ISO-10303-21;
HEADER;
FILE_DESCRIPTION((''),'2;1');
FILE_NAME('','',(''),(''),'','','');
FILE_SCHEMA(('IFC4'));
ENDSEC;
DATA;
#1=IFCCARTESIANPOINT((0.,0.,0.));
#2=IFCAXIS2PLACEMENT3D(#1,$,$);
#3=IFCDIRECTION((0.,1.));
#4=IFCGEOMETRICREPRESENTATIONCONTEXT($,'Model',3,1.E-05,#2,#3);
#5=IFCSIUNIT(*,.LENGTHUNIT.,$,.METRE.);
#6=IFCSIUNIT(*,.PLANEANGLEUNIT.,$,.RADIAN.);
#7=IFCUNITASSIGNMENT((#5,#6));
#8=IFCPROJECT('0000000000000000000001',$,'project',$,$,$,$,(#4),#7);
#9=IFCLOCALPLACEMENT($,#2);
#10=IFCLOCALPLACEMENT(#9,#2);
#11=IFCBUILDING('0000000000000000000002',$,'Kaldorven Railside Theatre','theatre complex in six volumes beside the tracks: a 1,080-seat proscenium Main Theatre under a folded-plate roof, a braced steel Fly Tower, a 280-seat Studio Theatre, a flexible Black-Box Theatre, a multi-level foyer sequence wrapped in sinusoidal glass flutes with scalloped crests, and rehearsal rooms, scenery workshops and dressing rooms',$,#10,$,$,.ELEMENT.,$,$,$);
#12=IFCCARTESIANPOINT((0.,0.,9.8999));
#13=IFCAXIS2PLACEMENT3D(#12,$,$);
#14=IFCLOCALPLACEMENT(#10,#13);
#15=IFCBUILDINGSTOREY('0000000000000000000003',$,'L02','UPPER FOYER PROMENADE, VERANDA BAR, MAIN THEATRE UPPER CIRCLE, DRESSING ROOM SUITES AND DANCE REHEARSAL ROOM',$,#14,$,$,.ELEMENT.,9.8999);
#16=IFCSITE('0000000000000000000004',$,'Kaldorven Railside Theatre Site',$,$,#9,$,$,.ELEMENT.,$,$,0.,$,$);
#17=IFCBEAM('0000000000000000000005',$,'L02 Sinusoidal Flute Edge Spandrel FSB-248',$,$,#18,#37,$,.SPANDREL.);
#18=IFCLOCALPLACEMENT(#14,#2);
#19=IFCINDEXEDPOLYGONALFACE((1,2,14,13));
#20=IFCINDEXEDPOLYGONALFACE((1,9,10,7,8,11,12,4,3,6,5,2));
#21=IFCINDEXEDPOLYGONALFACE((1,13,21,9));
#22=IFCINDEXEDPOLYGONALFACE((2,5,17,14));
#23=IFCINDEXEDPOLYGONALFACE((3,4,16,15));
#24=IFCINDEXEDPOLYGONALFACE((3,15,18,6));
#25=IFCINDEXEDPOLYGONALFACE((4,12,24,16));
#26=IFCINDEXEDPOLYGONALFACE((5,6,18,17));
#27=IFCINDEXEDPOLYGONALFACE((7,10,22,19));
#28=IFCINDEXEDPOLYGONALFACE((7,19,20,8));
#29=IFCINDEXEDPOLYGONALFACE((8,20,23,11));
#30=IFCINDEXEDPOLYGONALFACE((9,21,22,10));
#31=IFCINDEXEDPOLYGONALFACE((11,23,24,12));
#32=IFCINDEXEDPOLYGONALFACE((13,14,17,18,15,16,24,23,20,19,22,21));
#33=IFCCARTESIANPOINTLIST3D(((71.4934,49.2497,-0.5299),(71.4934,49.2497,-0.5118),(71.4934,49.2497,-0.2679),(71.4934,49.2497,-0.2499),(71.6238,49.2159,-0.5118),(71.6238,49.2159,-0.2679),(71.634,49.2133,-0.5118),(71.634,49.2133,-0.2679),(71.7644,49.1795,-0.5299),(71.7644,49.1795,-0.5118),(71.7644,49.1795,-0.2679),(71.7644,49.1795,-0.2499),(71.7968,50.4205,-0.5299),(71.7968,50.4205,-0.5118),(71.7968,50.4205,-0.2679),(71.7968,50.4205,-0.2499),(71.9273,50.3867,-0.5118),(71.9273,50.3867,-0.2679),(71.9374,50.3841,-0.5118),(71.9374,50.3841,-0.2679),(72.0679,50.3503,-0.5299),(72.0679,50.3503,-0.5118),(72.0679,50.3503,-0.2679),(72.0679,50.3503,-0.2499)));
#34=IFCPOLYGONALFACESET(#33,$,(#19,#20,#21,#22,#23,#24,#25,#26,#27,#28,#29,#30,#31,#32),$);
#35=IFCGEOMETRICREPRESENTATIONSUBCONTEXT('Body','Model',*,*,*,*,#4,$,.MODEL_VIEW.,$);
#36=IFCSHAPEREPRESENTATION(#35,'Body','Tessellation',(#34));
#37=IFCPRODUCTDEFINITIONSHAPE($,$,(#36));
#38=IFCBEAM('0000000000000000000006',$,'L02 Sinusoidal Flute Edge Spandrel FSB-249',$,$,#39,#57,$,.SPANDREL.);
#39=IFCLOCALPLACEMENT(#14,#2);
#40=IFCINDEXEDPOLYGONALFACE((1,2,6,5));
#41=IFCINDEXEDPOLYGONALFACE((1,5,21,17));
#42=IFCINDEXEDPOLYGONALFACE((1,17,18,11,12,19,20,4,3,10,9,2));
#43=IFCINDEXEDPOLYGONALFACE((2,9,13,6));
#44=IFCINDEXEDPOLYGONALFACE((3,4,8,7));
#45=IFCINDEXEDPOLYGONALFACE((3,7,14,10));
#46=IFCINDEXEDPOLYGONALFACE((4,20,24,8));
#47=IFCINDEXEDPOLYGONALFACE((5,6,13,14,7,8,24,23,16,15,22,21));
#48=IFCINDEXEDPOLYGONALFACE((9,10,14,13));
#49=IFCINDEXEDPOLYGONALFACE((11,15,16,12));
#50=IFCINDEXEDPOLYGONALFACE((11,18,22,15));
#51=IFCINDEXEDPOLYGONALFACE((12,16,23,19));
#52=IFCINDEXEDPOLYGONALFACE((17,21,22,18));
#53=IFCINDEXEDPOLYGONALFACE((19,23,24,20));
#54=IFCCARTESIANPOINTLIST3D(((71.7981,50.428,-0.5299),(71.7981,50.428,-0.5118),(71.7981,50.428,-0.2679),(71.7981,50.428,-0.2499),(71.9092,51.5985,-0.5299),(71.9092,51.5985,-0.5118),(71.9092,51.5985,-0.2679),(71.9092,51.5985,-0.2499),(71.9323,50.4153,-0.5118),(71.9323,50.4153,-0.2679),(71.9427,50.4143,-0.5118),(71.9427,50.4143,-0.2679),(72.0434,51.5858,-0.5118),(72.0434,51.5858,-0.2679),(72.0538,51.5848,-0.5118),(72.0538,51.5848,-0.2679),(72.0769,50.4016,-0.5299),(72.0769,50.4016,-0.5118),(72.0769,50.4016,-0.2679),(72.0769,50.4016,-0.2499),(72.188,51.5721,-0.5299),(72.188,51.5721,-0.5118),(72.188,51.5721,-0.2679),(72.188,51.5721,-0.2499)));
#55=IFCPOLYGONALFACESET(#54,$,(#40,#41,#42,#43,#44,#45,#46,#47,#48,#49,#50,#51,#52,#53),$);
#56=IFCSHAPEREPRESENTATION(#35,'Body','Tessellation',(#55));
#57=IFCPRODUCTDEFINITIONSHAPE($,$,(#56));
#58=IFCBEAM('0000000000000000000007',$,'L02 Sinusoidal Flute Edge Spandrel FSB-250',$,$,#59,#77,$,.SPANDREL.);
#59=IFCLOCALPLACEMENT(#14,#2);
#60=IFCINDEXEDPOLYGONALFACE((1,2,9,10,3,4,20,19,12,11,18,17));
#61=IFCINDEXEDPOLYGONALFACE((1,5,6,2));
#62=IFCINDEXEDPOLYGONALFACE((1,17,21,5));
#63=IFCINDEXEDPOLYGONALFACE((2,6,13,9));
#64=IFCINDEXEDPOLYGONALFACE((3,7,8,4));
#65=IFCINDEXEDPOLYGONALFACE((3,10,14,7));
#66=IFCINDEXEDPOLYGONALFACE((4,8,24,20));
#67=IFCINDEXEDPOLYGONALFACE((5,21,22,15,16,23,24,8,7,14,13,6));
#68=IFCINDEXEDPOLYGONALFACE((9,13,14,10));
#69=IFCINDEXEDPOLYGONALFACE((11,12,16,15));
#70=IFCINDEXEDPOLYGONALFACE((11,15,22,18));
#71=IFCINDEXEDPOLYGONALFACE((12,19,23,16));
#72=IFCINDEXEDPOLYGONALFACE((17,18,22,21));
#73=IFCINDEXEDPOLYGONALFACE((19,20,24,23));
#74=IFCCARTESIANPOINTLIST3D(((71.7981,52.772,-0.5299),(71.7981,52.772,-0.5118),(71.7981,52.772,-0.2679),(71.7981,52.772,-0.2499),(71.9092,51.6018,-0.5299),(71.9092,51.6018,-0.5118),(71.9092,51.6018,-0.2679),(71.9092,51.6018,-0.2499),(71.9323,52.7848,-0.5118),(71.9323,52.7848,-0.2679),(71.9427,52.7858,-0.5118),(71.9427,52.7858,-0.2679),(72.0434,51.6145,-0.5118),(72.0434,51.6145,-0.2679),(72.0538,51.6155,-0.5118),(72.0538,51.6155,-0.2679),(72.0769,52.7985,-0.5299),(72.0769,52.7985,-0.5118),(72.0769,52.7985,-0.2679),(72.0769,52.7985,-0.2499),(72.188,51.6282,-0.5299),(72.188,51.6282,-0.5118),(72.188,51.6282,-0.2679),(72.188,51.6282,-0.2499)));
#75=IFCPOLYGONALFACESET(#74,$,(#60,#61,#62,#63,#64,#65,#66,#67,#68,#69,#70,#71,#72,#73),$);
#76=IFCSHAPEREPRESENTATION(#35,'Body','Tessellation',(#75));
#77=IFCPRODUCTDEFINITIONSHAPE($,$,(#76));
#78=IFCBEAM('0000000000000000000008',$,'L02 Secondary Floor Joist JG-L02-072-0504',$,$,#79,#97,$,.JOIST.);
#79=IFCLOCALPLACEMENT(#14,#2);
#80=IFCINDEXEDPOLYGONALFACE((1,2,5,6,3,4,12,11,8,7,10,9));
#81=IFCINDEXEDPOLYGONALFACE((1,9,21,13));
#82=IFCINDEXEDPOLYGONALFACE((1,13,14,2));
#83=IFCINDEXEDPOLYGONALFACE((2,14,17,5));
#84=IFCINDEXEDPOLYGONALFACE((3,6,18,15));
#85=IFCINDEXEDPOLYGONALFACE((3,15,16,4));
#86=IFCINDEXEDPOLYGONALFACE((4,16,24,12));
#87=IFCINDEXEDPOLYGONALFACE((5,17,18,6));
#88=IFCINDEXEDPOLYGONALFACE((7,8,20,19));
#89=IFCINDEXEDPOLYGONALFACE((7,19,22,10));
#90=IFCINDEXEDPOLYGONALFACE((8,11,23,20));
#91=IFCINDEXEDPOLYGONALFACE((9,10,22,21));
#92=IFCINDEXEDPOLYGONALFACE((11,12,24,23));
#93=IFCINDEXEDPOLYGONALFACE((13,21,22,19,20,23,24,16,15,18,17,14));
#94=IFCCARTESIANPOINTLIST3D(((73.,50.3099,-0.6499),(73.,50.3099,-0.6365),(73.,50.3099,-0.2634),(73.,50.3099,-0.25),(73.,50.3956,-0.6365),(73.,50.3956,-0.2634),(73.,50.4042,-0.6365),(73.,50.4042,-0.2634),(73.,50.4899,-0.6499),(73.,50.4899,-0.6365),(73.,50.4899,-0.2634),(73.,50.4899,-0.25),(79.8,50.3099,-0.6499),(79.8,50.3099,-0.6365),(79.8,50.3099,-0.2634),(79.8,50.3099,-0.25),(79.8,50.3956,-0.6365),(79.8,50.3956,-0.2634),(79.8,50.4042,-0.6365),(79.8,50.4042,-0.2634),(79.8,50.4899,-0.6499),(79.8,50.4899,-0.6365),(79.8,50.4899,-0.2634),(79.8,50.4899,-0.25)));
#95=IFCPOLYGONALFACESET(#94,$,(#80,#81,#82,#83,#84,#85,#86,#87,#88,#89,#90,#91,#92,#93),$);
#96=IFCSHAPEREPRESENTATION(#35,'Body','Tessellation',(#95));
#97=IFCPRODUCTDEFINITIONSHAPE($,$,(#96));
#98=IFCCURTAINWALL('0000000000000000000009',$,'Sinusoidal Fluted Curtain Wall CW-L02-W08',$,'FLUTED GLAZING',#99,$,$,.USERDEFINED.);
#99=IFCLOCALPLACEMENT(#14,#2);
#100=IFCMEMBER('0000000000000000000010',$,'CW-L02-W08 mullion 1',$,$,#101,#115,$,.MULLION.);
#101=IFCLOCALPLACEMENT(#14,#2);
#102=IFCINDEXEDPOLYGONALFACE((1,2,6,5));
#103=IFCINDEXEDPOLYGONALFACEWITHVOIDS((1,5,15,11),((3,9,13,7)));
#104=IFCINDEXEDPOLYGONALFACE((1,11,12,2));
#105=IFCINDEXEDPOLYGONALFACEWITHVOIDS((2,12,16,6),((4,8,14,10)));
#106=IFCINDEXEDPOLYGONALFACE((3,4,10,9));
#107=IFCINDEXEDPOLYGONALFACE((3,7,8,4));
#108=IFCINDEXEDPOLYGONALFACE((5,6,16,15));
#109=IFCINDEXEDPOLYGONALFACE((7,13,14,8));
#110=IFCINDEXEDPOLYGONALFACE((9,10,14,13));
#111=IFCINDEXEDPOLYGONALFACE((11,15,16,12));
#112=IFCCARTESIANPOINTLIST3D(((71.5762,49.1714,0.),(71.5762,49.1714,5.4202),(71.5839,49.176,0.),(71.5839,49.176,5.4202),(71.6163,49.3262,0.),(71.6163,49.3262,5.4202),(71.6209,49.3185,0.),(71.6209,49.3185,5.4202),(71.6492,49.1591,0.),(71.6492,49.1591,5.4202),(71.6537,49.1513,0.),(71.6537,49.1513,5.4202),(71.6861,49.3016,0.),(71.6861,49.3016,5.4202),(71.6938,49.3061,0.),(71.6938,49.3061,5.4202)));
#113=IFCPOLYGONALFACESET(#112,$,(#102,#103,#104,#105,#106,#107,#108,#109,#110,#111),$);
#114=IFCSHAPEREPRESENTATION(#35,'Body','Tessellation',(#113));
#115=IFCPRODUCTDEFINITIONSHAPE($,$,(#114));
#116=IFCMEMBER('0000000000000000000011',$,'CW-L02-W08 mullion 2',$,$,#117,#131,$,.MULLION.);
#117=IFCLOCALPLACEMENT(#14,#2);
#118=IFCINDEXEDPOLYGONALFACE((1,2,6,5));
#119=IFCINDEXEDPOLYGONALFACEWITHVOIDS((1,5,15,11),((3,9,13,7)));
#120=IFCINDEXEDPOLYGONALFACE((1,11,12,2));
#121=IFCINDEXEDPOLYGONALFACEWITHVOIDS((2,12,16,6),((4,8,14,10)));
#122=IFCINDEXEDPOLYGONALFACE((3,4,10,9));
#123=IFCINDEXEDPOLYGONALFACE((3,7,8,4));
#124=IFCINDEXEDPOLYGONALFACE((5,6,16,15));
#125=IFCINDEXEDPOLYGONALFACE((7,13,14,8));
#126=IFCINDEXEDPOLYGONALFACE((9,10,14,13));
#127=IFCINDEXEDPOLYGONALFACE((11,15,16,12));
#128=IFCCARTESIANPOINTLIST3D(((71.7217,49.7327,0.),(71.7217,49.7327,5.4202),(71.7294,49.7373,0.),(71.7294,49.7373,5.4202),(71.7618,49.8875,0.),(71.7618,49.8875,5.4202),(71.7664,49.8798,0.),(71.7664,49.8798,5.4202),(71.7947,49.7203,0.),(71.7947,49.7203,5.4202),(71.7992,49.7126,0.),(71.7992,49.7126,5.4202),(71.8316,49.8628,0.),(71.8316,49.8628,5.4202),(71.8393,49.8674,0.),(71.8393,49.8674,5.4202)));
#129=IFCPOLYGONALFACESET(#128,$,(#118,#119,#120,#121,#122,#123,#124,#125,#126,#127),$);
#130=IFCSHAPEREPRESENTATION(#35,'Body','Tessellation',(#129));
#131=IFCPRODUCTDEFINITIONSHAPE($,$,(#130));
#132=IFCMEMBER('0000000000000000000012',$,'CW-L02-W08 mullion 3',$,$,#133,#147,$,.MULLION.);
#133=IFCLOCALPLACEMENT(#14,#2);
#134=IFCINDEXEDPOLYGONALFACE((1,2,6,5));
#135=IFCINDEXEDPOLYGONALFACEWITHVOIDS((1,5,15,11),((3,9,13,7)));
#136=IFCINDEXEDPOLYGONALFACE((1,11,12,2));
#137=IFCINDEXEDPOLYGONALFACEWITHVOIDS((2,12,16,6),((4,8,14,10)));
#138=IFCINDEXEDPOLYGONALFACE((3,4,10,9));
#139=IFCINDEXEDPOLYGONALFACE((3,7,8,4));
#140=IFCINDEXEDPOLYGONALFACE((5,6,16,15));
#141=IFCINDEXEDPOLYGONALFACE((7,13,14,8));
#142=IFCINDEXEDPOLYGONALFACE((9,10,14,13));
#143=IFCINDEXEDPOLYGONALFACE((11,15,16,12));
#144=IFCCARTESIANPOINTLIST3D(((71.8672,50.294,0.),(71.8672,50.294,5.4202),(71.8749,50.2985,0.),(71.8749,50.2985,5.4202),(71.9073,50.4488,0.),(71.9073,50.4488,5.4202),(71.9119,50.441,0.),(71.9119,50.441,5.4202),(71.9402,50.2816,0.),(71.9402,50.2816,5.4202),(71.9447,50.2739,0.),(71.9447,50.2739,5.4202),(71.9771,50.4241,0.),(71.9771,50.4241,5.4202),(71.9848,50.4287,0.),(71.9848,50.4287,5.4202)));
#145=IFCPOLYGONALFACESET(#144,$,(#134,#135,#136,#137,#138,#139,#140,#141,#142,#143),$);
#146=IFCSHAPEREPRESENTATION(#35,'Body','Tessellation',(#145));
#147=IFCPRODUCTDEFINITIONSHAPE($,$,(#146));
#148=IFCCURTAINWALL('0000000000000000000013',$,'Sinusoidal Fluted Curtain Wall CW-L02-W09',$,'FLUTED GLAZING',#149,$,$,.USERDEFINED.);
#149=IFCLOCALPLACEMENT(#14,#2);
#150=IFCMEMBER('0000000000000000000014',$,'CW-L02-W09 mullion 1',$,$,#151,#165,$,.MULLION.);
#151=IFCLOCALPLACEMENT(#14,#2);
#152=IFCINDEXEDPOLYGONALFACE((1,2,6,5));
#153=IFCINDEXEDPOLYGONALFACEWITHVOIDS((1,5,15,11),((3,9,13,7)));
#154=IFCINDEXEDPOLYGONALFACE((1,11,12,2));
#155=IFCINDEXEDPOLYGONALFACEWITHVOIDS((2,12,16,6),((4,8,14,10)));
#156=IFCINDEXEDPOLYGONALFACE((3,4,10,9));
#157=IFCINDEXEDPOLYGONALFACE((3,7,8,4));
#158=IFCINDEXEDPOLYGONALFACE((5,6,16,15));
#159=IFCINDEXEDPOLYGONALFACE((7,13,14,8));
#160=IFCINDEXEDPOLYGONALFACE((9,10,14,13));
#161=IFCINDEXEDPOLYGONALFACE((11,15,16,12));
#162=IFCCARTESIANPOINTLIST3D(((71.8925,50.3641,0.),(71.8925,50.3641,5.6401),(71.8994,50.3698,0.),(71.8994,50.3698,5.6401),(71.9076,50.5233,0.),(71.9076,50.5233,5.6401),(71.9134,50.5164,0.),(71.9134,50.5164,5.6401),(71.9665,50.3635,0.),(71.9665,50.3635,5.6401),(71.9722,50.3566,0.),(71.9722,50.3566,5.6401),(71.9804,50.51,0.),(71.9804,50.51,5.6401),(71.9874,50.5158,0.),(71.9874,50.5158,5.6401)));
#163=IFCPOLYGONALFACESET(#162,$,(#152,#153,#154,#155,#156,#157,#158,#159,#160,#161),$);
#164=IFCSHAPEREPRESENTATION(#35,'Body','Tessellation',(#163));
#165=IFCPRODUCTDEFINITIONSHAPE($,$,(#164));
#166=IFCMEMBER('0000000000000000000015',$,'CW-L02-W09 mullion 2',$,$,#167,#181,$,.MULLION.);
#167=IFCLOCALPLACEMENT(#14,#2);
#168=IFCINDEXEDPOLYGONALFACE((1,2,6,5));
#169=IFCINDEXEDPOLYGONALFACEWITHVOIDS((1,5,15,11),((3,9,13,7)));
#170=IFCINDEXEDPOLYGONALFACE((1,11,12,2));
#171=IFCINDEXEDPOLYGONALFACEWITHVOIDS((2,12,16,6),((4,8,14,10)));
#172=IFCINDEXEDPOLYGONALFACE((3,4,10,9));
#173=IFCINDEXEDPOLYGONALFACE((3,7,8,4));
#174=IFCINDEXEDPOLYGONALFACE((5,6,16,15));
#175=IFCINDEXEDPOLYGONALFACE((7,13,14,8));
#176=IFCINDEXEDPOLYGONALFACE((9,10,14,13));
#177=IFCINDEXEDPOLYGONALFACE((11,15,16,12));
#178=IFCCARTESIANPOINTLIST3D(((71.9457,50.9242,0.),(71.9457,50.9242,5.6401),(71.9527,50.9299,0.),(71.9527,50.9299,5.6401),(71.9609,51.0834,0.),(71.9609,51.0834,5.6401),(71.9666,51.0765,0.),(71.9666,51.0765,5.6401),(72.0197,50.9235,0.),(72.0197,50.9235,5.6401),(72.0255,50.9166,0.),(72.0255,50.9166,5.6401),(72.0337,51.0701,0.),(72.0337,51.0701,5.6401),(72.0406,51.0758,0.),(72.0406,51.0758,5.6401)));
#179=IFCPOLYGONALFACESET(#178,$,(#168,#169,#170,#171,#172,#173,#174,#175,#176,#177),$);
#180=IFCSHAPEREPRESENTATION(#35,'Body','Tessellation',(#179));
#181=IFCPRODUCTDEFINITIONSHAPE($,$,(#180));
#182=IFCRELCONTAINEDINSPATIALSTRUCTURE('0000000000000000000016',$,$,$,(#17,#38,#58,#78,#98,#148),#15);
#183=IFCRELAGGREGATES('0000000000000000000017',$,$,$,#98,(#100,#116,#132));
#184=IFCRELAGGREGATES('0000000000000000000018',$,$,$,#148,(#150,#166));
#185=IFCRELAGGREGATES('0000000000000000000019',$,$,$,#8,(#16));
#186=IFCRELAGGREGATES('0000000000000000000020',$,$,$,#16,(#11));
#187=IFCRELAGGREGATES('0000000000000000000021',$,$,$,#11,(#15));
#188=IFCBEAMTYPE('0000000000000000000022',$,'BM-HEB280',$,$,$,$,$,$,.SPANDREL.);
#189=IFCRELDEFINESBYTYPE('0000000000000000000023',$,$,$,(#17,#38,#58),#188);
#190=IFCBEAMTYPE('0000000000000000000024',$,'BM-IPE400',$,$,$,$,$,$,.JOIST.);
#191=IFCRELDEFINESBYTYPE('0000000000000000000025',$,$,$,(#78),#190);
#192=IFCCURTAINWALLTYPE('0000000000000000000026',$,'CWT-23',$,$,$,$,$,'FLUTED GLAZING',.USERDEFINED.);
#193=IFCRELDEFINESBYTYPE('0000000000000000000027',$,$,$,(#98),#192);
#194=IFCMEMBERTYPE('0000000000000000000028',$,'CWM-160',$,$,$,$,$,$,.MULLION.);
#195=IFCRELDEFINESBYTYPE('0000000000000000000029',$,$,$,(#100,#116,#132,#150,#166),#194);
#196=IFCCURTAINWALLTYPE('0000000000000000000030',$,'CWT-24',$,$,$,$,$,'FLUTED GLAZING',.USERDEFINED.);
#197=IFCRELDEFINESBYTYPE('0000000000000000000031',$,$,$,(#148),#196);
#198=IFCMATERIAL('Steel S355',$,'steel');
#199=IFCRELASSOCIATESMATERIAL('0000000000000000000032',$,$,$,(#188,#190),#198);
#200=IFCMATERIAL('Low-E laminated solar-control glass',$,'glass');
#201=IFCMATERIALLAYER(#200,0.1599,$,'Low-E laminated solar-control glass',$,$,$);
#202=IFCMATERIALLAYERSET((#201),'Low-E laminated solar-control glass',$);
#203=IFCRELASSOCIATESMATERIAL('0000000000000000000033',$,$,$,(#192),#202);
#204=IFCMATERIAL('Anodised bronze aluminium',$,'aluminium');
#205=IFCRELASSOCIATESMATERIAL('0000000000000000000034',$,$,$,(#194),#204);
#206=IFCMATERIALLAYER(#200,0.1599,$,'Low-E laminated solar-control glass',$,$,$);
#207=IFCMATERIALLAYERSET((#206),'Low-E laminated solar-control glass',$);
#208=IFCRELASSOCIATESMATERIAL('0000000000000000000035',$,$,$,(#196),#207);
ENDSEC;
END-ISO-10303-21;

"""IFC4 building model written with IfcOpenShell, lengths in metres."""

from ifc_helpers import new_model, si_unit, direction, frame, origin, origin_2d, place, context, subcontext, project, spatial, hollow_rectangle, i_section, extrude, material, layer, layer_set, material_profile, profile_set, type_object, element, aggregate, save


model = new_model("IFC4")

# Units and contexts
model_context = context("Model", 3, precision=1e-05, world=origin(), true_north=direction((0.0, 1.0)))
body_context = subcontext(model_context, "Body", "Model", "MODEL_VIEW")
ifc_project = project(units=[si_unit("LENGTHUNIT", "METRE"), si_unit("PLANEANGLEUNIT", "RADIAN")], contexts=[model_context])

# Site, building, storey
site_placement = place(None, origin())
site = spatial("IfcSite", under=ifc_project, at=site_placement, Name="Kaldorven Railside Theatre Site", CompositionType="ELEMENT", RefElevation=0.0)
building_placement = place(site_placement, origin())
building = spatial("IfcBuilding", under=site, at=building_placement, Name="Kaldorven Railside Theatre", Description="theatre complex in six volumes beside the tracks: a 1,080-seat proscenium Main Theatre under a folded-plate roof, a braced steel Fly Tower, a 280-seat Studio Theatre, a flexible Black-Box Theatre, a multi-level foyer sequence wrapped in sinusoidal glass flutes with scalloped crests, and rehearsal rooms, scenery workshops and dressing rooms", CompositionType="ELEMENT")
storey_placement = place(building_placement, frame((0.0, 0.0, 9.8999)))
storey = spatial("IfcBuildingStorey", under=building, at=storey_placement, Name="L02", Description="UPPER FOYER PROMENADE, VERANDA BAR, MAIN THEATRE UPPER CIRCLE, DRESSING ROOM SUITES AND DANCE REHEARSAL ROOM", CompositionType="ELEMENT", Elevation=9.8999)

# Beams
ifc_material_1 = material(Name="Steel S355", Category="steel")
ifc_material_profile_1 = material_profile(ifc_material_1, i_section(OverallWidth=0.28, OverallDepth=0.28, WebThickness=0.0105, FlangeThickness=0.0181, at=origin_2d()), Name="HEB 280")
ifc_profile_set_1 = profile_set([ifc_material_profile_1], Name="Steel S355")
beam_type_1 = type_object("IfcBeamType", Name="BM-HEB280", PredefinedType="SPANDREL", material=ifc_profile_set_1)
beam_1_placement = place(storey_placement, frame((71.6289, 49.2146, -0.3899), z_axis=(0.250885, 0.968017, 0.0), x_axis=(-0.968017, 0.250885, 0.0)))
element("IfcBeam", 1, at=beam_1_placement, inside=storey, type_object=beam_type_1, Name="L02 Sinusoidal Flute Edge Spandrel FSB-248", PredefinedType="SPANDREL", context=body_context, shape_type="SweptSolid", body=[
    extrude(i_section(OverallWidth=0.28, OverallDepth=0.28, WebThickness=0.0105, FlangeThickness=0.0181, at=origin_2d()), origin(), (0.0, 0.0, 1.0), 1.2095),
])
beam_2_placement = place(storey_placement, frame((71.9375, 50.4148, -0.3899), z_axis=(0.094486, 0.995526, 0.0), x_axis=(-0.995526, 0.094486, 0.0)))
element("IfcBeam", 2, at=beam_2_placement, inside=storey, type_object=beam_type_1, Name="L02 Sinusoidal Flute Edge Spandrel FSB-249", PredefinedType="SPANDREL", context=body_context, shape_type="SweptSolid", body=[
    extrude(i_section(OverallWidth=0.28, OverallDepth=0.28, WebThickness=0.0105, FlangeThickness=0.0181, at=origin_2d()), origin(), (0.0, 0.0, 1.0), 1.1758),
])
beam_3_placement = place(storey_placement, frame((72.0486, 51.615, -0.3899), z_axis=(-0.094505, 0.995524, 0.0), x_axis=(-0.995524, -0.094505, 0.0)))
element("IfcBeam", 3, at=beam_3_placement, inside=storey, type_object=beam_type_1, Name="L02 Sinusoidal Flute Edge Spandrel FSB-250", PredefinedType="SPANDREL", context=body_context, shape_type="SweptSolid", body=[
    extrude(i_section(OverallWidth=0.28, OverallDepth=0.28, WebThickness=0.0105, FlangeThickness=0.0181, at=origin_2d()), origin(), (0.0, 0.0, 1.0), 1.1755),
])
ifc_material_profile_2 = material_profile(ifc_material_1, i_section(OverallWidth=0.1799, OverallDepth=0.3999, WebThickness=0.0085, FlangeThickness=0.0134, at=origin_2d()), Name="IPE 400")
ifc_profile_set_2 = profile_set([ifc_material_profile_2], Name="Steel S355")
beam_type_2 = type_object("IfcBeamType", Name="BM-IPE400", PredefinedType="JOIST", material=ifc_profile_set_2)
beam_4_placement = place(storey_placement, frame((73.0, 50.3999, -0.45), z_axis=(1.0, 0.0, 0.0), x_axis=(0.0, 1.0, 0.0)))
element("IfcBeam", 4, at=beam_4_placement, inside=storey, type_object=beam_type_2, Name="L02 Secondary Floor Joist JG-L02-072-0504", PredefinedType="JOIST", context=body_context, shape_type="SweptSolid", body=[
    extrude(i_section(OverallWidth=0.1799, OverallDepth=0.3999, WebThickness=0.0085, FlangeThickness=0.0134, at=origin_2d()), origin(), (0.0, 0.0, 1.0), 6.8),
])

# Curtain walls, members
ifc_material_2 = material(Name="Low-E laminated solar-control glass", Category="glass")
ifc_layer_1 = layer(ifc_material_2, 0.1599, Name="Low-E laminated solar-control glass")
ifc_layer_set_1 = layer_set([ifc_layer_1], Name="Low-E laminated solar-control glass")
curtain_wall_type_1 = type_object("IfcCurtainWallType", Name="CWT-23", ElementType="FLUTED GLAZING", PredefinedType="USERDEFINED", material=ifc_layer_set_1)
curtain_wall_1_placement = place(storey_placement, origin())
curtain_wall_1 = element("IfcCurtainWall", 5, at=curtain_wall_1_placement, inside=storey, type_object=curtain_wall_type_1, Name="Sinusoidal Fluted Curtain Wall CW-L02-W08", ObjectType="FLUTED GLAZING", PredefinedType="USERDEFINED")
ifc_material_3 = material(Name="Anodised bronze aluminium", Category="aluminium")
ifc_material_profile_3 = material_profile(ifc_material_3, hollow_rectangle(XDim=0.0801, YDim=0.1599, WallThickness=0.0063, at=origin_2d()), Name="RHS 160x80x6.3")
ifc_profile_set_3 = profile_set([ifc_material_profile_3], Name="Anodised bronze aluminium")
member_type_1 = type_object("IfcMemberType", Name="CWM-160", PredefinedType="MULLION", material=ifc_profile_set_3)
member_1_placement = place(storey_placement, frame((71.635, 49.2388, 0.0), z_axis=(0.0, 0.0, 1.0), x_axis=(-0.967999, 0.250954, 0.0)))
member_1 = element("IfcMember", 6, at=member_1_placement, type_object=member_type_1, Name="CW-L02-W08 mullion 1", PredefinedType="MULLION", context=body_context, shape_type="SweptSolid", body=[
    extrude(hollow_rectangle(XDim=0.0801, YDim=0.1599, WallThickness=0.0063, at=origin_2d()), origin(), (0.0, 0.0, 1.0), 5.4202),
])
member_2_placement = place(storey_placement, frame((71.7805, 49.8, 0.0), z_axis=(0.0, 0.0, 1.0), x_axis=(-0.967999, 0.250954, 0.0)))
member_2 = element("IfcMember", 7, at=member_2_placement, type_object=member_type_1, Name="CW-L02-W08 mullion 2", PredefinedType="MULLION", context=body_context, shape_type="SweptSolid", body=[
    extrude(hollow_rectangle(XDim=0.0801, YDim=0.1599, WallThickness=0.0063, at=origin_2d()), origin(), (0.0, 0.0, 1.0), 5.4202),
])
member_3_placement = place(storey_placement, frame((71.926, 50.3613, 0.0), z_axis=(0.0, 0.0, 1.0), x_axis=(-0.967999, 0.250954, 0.0)))
member_3 = element("IfcMember", 8, at=member_3_placement, type_object=member_type_1, Name="CW-L02-W08 mullion 3", PredefinedType="MULLION", context=body_context, shape_type="SweptSolid", body=[
    extrude(hollow_rectangle(XDim=0.0801, YDim=0.1599, WallThickness=0.0063, at=origin_2d()), origin(), (0.0, 0.0, 1.0), 5.4202),
])
ifc_layer_2 = layer(ifc_material_2, 0.1599, Name="Low-E laminated solar-control glass")
ifc_layer_set_2 = layer_set([ifc_layer_2], Name="Low-E laminated solar-control glass")
curtain_wall_type_2 = type_object("IfcCurtainWallType", Name="CWT-24", ElementType="FLUTED GLAZING", PredefinedType="USERDEFINED", material=ifc_layer_set_2)
curtain_wall_2_placement = place(storey_placement, origin())
curtain_wall_2 = element("IfcCurtainWall", 9, at=curtain_wall_2_placement, inside=storey, type_object=curtain_wall_type_2, Name="Sinusoidal Fluted Curtain Wall CW-L02-W09", ObjectType="FLUTED GLAZING", PredefinedType="USERDEFINED")
member_4_placement = place(storey_placement, frame((71.9399, 50.4399, 0.0), z_axis=(0.0, 0.0, 1.0), x_axis=(-0.995526, 0.094492, 0.0)))
member_4 = element("IfcMember", 10, at=member_4_placement, type_object=member_type_1, Name="CW-L02-W09 mullion 1", PredefinedType="MULLION", context=body_context, shape_type="SweptSolid", body=[
    extrude(hollow_rectangle(XDim=0.0801, YDim=0.1599, WallThickness=0.0063, at=origin_2d()), origin(), (0.0, 0.0, 1.0), 5.6401),
])
member_5_placement = place(storey_placement, frame((71.9932, 51.0, 0.0), z_axis=(0.0, 0.0, 1.0), x_axis=(-0.995526, 0.094492, 0.0)))
member_5 = element("IfcMember", 11, at=member_5_placement, type_object=member_type_1, Name="CW-L02-W09 mullion 2", PredefinedType="MULLION", context=body_context, shape_type="SweptSolid", body=[
    extrude(hollow_rectangle(XDim=0.0801, YDim=0.1599, WallThickness=0.0063, at=origin_2d()), origin(), (0.0, 0.0, 1.0), 5.6401),
])

aggregate(curtain_wall_1, [member_1, member_2, member_3])
aggregate(curtain_wall_2, [member_4, member_5])

save(model, "model.ifc")
